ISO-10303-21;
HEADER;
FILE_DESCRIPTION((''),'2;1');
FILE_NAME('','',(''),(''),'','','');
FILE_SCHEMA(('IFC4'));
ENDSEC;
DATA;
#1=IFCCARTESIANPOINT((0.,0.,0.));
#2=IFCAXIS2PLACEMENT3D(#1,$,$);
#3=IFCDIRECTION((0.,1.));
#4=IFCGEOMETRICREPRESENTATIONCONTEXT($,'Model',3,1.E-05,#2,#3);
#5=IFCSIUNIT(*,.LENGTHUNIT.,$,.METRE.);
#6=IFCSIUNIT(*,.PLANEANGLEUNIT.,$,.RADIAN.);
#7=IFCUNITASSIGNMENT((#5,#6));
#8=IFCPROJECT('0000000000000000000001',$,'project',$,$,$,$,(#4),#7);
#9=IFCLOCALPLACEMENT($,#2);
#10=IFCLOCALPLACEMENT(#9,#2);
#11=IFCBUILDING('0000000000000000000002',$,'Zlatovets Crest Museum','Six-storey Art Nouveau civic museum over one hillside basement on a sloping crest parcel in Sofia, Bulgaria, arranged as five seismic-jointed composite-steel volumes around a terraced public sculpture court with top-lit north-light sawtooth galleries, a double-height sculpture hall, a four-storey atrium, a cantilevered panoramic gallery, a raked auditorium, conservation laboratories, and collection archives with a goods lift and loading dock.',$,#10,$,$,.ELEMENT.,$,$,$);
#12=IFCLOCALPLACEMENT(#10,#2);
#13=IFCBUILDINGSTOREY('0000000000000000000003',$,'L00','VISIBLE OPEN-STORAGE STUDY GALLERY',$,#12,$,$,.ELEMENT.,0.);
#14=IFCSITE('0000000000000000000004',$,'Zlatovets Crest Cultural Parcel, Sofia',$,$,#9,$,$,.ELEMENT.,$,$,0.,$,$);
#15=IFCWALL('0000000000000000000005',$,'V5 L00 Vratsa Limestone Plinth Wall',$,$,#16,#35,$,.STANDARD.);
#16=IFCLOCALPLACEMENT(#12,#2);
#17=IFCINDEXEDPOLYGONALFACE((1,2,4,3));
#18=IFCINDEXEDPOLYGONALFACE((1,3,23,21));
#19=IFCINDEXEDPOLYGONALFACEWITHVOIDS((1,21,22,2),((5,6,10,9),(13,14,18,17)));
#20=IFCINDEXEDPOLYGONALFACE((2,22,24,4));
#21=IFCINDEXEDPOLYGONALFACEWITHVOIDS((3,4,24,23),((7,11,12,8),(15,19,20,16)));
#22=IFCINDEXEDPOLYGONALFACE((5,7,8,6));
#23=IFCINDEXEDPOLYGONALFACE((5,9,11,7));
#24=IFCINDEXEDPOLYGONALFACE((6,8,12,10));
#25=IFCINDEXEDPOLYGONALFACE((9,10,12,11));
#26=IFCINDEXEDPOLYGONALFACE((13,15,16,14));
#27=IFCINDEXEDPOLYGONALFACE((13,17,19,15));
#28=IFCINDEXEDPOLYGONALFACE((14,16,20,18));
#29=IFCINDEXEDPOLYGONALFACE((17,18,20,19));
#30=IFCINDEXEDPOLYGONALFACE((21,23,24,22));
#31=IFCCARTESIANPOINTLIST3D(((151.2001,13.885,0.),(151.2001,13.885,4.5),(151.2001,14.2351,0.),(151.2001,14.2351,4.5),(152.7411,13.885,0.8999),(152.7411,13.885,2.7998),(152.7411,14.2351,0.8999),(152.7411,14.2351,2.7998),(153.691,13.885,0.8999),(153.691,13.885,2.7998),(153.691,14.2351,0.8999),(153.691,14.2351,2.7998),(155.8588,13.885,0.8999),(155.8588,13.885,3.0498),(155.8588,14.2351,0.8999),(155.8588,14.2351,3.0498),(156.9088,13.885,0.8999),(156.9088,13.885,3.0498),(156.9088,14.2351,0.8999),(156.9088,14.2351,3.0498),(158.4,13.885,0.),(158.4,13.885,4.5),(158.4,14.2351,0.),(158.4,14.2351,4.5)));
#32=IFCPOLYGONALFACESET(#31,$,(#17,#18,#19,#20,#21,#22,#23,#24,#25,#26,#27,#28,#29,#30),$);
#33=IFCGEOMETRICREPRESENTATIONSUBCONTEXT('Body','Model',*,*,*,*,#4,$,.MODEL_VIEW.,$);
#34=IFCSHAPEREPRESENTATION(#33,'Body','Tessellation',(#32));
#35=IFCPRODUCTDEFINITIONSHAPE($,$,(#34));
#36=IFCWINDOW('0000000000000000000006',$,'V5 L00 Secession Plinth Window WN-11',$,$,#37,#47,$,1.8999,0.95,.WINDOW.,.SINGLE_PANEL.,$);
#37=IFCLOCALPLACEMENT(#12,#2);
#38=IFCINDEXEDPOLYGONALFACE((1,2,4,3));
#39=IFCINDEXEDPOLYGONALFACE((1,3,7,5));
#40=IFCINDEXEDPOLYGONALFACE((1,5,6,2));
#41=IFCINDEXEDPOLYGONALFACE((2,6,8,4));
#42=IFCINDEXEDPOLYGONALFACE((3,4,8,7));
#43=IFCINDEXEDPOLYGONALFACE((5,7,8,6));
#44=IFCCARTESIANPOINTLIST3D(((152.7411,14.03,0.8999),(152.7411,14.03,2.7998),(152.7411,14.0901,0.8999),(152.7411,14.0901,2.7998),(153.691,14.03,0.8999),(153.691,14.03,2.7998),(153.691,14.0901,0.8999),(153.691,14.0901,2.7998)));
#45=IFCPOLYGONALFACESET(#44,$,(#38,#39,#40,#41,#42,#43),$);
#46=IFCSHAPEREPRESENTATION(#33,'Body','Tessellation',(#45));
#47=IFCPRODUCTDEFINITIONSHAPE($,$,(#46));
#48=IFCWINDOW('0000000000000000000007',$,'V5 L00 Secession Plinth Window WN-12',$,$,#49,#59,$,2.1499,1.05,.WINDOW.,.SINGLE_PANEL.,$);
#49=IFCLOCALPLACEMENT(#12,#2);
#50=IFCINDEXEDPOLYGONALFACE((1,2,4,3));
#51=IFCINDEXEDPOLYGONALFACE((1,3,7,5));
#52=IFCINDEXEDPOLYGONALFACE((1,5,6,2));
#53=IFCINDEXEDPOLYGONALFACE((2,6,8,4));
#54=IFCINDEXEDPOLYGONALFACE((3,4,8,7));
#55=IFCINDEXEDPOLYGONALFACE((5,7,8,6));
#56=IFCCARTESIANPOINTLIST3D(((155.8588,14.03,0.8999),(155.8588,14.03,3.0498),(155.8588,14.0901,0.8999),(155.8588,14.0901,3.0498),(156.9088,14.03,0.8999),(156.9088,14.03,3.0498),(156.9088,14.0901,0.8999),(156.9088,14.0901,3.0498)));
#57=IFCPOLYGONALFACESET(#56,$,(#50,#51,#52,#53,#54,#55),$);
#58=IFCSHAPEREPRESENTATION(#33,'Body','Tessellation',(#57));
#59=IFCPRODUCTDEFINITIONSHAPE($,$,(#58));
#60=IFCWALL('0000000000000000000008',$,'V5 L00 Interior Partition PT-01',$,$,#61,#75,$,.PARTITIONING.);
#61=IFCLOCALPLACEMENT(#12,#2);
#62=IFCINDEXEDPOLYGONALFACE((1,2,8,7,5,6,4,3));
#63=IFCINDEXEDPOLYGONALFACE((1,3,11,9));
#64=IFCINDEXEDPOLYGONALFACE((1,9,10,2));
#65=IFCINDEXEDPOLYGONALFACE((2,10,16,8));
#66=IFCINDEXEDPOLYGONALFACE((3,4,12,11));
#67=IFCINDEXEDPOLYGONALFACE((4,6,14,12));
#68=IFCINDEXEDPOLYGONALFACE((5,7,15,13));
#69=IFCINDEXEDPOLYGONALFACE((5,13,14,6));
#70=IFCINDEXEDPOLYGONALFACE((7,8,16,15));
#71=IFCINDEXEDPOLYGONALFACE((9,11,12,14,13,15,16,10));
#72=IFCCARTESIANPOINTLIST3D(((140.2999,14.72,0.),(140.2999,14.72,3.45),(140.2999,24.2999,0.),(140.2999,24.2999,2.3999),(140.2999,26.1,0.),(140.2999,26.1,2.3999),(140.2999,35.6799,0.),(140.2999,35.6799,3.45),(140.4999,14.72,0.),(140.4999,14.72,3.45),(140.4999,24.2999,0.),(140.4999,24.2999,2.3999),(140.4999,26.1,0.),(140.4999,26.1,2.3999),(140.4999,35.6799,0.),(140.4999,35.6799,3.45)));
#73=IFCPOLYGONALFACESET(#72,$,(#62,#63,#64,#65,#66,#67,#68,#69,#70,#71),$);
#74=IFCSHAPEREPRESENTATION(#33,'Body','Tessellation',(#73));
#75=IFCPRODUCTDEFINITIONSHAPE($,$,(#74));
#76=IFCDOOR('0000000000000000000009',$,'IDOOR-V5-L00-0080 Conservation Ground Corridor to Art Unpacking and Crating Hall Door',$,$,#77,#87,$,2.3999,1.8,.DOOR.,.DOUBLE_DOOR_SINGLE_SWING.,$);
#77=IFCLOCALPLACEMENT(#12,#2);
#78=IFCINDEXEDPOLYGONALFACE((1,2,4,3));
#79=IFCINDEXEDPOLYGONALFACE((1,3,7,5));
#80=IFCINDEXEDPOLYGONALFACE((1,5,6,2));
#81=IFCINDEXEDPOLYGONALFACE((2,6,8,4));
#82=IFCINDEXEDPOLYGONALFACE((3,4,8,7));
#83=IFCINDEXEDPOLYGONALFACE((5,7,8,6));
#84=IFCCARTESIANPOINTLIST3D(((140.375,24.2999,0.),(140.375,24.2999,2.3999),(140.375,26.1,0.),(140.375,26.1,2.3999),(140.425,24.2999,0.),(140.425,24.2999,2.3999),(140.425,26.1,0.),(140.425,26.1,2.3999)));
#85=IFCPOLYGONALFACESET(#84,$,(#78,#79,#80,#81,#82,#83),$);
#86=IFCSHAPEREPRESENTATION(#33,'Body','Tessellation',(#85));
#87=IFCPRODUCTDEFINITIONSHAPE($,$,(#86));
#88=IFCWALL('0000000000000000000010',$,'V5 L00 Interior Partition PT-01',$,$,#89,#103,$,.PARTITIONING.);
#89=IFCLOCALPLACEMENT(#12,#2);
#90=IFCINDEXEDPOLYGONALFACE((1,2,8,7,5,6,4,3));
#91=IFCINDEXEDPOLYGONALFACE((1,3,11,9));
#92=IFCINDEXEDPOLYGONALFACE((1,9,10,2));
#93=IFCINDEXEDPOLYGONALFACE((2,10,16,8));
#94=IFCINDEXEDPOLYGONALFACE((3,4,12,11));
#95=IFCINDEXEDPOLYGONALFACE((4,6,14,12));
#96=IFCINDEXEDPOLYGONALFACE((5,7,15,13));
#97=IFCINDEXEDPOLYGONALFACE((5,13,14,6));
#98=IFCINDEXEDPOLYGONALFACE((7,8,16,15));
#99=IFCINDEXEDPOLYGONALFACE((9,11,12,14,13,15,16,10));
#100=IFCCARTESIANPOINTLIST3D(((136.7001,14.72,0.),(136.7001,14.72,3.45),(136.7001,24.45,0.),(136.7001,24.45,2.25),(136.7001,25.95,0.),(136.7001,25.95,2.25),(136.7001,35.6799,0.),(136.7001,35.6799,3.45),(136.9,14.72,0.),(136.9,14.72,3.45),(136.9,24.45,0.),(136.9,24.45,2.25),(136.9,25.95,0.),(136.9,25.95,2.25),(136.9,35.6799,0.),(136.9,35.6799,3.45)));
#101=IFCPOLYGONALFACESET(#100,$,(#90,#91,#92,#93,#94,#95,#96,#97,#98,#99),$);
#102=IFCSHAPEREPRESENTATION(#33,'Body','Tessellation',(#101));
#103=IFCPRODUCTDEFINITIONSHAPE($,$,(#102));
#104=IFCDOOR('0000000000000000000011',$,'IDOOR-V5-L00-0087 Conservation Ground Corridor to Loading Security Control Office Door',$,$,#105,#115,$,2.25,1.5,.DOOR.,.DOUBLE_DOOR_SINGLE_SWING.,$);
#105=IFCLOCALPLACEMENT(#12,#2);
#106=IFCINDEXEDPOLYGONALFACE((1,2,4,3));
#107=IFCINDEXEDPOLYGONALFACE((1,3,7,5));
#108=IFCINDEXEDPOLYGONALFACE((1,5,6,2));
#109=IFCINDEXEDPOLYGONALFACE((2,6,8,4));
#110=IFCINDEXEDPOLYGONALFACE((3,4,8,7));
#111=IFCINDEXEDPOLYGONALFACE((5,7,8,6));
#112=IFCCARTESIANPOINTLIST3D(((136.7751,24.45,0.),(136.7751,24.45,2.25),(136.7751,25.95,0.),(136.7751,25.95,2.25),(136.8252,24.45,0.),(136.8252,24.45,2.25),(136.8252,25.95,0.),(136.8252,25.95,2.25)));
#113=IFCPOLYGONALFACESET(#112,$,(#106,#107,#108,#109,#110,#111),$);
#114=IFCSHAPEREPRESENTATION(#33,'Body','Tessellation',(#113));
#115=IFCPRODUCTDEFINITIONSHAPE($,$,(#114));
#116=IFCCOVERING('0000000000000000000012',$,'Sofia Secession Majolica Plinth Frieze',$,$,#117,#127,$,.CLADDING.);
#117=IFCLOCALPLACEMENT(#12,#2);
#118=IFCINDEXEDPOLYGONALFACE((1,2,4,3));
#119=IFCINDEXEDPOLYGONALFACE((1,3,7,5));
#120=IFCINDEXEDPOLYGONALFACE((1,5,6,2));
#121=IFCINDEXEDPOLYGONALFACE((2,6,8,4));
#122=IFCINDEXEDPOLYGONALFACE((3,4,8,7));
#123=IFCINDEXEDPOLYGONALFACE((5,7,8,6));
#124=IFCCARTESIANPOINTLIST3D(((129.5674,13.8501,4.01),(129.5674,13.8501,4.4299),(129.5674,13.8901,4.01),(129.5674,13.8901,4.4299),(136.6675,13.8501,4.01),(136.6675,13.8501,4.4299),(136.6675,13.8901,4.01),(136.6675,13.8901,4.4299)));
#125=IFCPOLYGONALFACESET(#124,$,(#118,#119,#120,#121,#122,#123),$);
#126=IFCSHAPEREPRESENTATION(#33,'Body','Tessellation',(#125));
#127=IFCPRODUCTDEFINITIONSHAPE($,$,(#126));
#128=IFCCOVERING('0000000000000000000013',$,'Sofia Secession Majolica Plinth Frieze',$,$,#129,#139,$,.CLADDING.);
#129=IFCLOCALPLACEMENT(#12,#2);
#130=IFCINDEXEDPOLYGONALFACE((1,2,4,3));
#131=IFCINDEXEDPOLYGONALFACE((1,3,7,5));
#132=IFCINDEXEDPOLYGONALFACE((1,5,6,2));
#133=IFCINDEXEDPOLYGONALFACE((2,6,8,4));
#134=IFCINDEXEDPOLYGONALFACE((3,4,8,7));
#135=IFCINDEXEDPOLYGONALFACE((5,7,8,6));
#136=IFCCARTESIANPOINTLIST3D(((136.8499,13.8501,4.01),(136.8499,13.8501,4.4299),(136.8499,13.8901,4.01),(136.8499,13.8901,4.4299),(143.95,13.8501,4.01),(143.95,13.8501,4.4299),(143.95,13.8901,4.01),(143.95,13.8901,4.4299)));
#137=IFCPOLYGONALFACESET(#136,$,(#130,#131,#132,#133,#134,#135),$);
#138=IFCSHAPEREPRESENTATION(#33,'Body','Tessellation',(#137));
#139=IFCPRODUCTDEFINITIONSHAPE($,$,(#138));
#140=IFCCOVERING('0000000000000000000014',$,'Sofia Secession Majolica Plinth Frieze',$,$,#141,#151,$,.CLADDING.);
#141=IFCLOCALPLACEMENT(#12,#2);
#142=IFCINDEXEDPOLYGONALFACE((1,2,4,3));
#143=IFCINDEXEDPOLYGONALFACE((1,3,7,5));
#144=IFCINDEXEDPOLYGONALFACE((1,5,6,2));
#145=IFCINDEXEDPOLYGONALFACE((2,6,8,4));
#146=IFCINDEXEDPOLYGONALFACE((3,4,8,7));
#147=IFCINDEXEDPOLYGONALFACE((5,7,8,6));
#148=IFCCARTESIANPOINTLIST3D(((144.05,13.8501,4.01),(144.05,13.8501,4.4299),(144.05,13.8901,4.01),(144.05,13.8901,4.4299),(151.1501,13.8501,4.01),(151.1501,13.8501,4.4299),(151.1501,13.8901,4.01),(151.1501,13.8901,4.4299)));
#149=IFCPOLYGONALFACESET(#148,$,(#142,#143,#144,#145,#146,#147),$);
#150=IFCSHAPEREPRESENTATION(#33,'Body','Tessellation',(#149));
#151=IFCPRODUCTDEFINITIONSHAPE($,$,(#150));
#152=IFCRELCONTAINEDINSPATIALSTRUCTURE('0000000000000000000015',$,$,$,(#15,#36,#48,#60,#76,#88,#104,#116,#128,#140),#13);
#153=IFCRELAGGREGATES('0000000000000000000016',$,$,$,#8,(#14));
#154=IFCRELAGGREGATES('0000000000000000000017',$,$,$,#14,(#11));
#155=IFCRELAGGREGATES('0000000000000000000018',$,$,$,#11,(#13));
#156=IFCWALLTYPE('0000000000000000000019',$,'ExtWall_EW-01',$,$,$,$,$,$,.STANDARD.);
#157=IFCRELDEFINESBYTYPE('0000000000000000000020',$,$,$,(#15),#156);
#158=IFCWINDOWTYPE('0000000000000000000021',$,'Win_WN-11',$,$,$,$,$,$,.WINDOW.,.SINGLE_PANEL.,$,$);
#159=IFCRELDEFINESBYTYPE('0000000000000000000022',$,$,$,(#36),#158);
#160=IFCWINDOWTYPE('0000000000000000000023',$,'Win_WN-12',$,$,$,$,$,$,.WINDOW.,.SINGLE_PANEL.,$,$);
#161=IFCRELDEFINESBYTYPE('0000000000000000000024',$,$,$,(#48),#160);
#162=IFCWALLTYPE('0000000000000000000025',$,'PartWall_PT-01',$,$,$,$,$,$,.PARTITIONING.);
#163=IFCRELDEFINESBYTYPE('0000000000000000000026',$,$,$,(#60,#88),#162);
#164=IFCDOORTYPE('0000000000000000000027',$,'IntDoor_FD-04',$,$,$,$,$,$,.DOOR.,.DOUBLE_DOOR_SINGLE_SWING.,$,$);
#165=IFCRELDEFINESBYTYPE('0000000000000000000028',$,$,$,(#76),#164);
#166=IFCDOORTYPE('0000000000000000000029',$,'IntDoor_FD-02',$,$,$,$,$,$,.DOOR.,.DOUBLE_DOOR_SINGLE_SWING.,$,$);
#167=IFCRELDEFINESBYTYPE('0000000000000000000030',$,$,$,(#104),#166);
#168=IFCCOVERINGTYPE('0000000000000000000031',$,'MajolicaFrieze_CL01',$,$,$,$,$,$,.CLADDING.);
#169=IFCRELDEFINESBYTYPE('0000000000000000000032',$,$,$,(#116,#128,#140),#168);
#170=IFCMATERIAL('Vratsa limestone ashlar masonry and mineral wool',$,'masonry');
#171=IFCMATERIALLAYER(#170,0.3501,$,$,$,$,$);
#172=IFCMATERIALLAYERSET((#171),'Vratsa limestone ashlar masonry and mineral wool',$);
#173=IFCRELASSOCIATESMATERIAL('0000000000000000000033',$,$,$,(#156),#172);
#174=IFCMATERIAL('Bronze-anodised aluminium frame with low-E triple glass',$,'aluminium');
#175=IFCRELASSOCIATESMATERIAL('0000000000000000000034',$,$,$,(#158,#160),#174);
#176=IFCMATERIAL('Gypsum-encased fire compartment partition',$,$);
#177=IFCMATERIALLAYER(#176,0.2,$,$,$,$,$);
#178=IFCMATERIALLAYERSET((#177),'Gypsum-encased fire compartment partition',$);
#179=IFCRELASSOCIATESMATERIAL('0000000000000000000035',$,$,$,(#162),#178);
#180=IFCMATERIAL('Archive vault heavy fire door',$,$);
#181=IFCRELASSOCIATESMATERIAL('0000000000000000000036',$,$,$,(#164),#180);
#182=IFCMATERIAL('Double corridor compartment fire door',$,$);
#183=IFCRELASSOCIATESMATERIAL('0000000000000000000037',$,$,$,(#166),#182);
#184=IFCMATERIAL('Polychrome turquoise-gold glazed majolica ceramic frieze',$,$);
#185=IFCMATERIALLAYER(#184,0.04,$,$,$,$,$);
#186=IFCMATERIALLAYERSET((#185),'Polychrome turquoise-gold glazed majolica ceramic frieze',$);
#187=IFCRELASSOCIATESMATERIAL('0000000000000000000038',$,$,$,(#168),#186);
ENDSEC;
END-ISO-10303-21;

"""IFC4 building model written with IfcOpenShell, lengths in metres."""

from ifc_helpers import new_model, si_unit, direction, frame, frame_2d, origin, origin_2d, place, context, subcontext, project, spatial, rectangle, extrude, material, layer, layer_set, type_object, element, fill, save


model = new_model("IFC4")

# Units and contexts
model_context = context("Model", 3, precision=1e-05, world=origin(), true_north=direction((0.0, 1.0)))
body_context = subcontext(model_context, "Body", "Model", "MODEL_VIEW")
ifc_project = project(units=[si_unit("LENGTHUNIT", "METRE"), si_unit("PLANEANGLEUNIT", "RADIAN")], contexts=[model_context])

# Site, building, storey
site_placement = place(None, origin())
site = spatial("IfcSite", under=ifc_project, at=site_placement, Name="Zlatovets Crest Cultural Parcel, Sofia", CompositionType="ELEMENT", RefElevation=0.0)
building_placement = place(site_placement, origin())
building = spatial("IfcBuilding", under=site, at=building_placement, Name="Zlatovets Crest Museum", Description="Six-storey Art Nouveau civic museum over one hillside basement on a sloping crest parcel in Sofia, Bulgaria, arranged as five seismic-jointed composite-steel volumes around a terraced public sculpture court with top-lit north-light sawtooth galleries, a double-height sculpture hall, a four-storey atrium, a cantilevered panoramic gallery, a raked auditorium, conservation laboratories, and collection archives with a goods lift and loading dock.", CompositionType="ELEMENT")
storey_placement = place(building_placement, origin())
storey = spatial("IfcBuildingStorey", under=building, at=storey_placement, Name="L00", Description="VISIBLE OPEN-STORAGE STUDY GALLERY", CompositionType="ELEMENT", Elevation=0.0)

# Wall, openings, windows
ifc_material_1 = material(Name="Vratsa limestone ashlar masonry and mineral wool", Category="masonry")
ifc_layer_1 = layer(ifc_material_1, 0.3501)
ifc_layer_set_1 = layer_set([ifc_layer_1], Name="Vratsa limestone ashlar masonry and mineral wool")
wall_type_1 = type_object("IfcWallType", Name="ExtWall_EW-01", PredefinedType="STANDARD", material=ifc_layer_set_1)
ifc_material_2 = material(Name="Bronze-anodised aluminium frame with low-E triple glass", Category="aluminium")
wall_1_placement = place(storey_placement, frame((151.2, 14.0601, 0.0), z_axis=(0.0, 0.0, 1.0), x_axis=(1.0, 0.0, 0.0)))
wall_1 = element("IfcWall", 1, at=wall_1_placement, inside=storey, type_object=wall_type_1, Name="V5 L00 Vratsa Limestone Plinth Wall", PredefinedType="STANDARD", context=body_context, shape_type="SweptSolid", body=[
    extrude(rectangle(XDim=7.2, YDim=0.3501, at=frame_2d((3.6001, 0.0))), origin(), (0.0, 0.0, 1.0), 4.5),
])
opening_1_placement = place(wall_1_placement, frame((1.541, 0.0, 0.8999)))
opening_1 = element("IfcOpeningElement", 2, at=opening_1_placement, cuts=wall_1, PredefinedType="OPENING", context=body_context, shape_type="SweptSolid", body=[
    extrude(rectangle(XDim=0.95, YDim=1.8999, at=frame_2d((0.4751, 0.95))), frame((0.0, 0.1851, 0.0), z_axis=(0.0, -1.0, 0.0), x_axis=(1.0, 0.0, 0.0)), (0.0, 0.0, 1.0), 0.3701),
])
opening_2_placement = place(wall_1_placement, frame((4.6589, 0.0, 0.8999)))
opening_2 = element("IfcOpeningElement", 3, at=opening_2_placement, cuts=wall_1, PredefinedType="OPENING", context=body_context, shape_type="SweptSolid", body=[
    extrude(rectangle(XDim=1.05, YDim=2.1499, at=frame_2d((0.5249, 1.075))), frame((0.0, 0.1851, 0.0), z_axis=(0.0, -1.0, 0.0), x_axis=(1.0, 0.0, 0.0)), (0.0, 0.0, 1.0), 0.3701),
])
window_type_1 = type_object("IfcWindowType", Name="Win_WN-11", PartitioningType="SINGLE_PANEL", PredefinedType="WINDOW", material=ifc_material_2)
window_1_placement = place(opening_1_placement, origin())
window_1 = element("IfcWindow", 4, at=window_1_placement, inside=storey, type_object=window_type_1, Name="V5 L00 Secession Plinth Window WN-11", OverallHeight=1.8999, OverallWidth=0.95, PartitioningType="SINGLE_PANEL", PredefinedType="WINDOW", context=body_context, shape_type="SweptSolid", body=[
    extrude(rectangle(XDim=0.95, YDim=1.8999, at=frame_2d((0.4751, 0.95))), frame((0.0, 0.03, 0.0), z_axis=(0.0, -1.0, 0.0), x_axis=(1.0, 0.0, 0.0)), (0.0, 0.0, 1.0), 0.0601),
])
fill(opening_1, window_1)
window_type_2 = type_object("IfcWindowType", Name="Win_WN-12", PartitioningType="SINGLE_PANEL", PredefinedType="WINDOW", material=ifc_material_2)
window_2_placement = place(opening_2_placement, origin())
window_2 = element("IfcWindow", 5, at=window_2_placement, inside=storey, type_object=window_type_2, Name="V5 L00 Secession Plinth Window WN-12", OverallHeight=2.1499, OverallWidth=1.05, PartitioningType="SINGLE_PANEL", PredefinedType="WINDOW", context=body_context, shape_type="SweptSolid", body=[
    extrude(rectangle(XDim=1.05, YDim=2.1499, at=frame_2d((0.5249, 1.075))), frame((0.0, 0.03, 0.0), z_axis=(0.0, -1.0, 0.0), x_axis=(1.0, 0.0, 0.0)), (0.0, 0.0, 1.0), 0.0601),
])
fill(opening_2, window_2)

# Walls, openings, doors
ifc_material_3 = material(Name="Gypsum-encased fire compartment partition")
ifc_layer_2 = layer(ifc_material_3, 0.2)
ifc_layer_set_2 = layer_set([ifc_layer_2], Name="Gypsum-encased fire compartment partition")
wall_type_2 = type_object("IfcWallType", Name="PartWall_PT-01", PredefinedType="PARTITIONING", material=ifc_layer_set_2)
wall_2_placement = place(storey_placement, frame((140.3999, 14.72, 0.0), z_axis=(0.0, 0.0, 1.0), x_axis=(0.0, 1.0, 0.0)))
wall_2 = element("IfcWall", 6, at=wall_2_placement, inside=storey, type_object=wall_type_2, Name="V5 L00 Interior Partition PT-01", PredefinedType="PARTITIONING", context=body_context, shape_type="SweptSolid", body=[
    extrude(rectangle(XDim=20.96, YDim=0.2, at=frame_2d((10.48, 0.0))), origin(), (0.0, 0.0, 1.0), 3.45),
])
opening_3_placement = place(wall_2_placement, frame((9.5801, 0.0, 0.0)))
opening_3 = element("IfcOpeningElement", 7, at=opening_3_placement, cuts=wall_2, PredefinedType="OPENING", context=body_context, shape_type="SweptSolid", body=[
    extrude(rectangle(XDim=1.8, YDim=2.3999, at=frame_2d((0.8999, 1.2))), frame((0.0, 0.1099, 0.0), z_axis=(0.0, -1.0, 0.0), x_axis=(1.0, 0.0, 0.0)), (0.0, 0.0, 1.0), 0.22),
])
ifc_material_4 = material(Name="Archive vault heavy fire door")
door_type_1 = type_object("IfcDoorType", Name="IntDoor_FD-04", OperationType="DOUBLE_DOOR_SINGLE_SWING", PredefinedType="DOOR", material=ifc_material_4)
door_1_placement = place(opening_3_placement, origin())
door_1 = element("IfcDoor", 8, at=door_1_placement, inside=storey, type_object=door_type_1, Name="IDOOR-V5-L00-0080 Conservation Ground Corridor to Art Unpacking and Crating Hall Door", OperationType="DOUBLE_DOOR_SINGLE_SWING", OverallHeight=2.3999, OverallWidth=1.8, PredefinedType="DOOR", context=body_context, shape_type="SweptSolid", body=[
    extrude(rectangle(XDim=1.8, YDim=2.3999, at=frame_2d((0.8999, 1.2))), frame((0.0, 0.0249, 0.0), z_axis=(0.0, -1.0, 0.0), x_axis=(1.0, 0.0, 0.0)), (0.0, 0.0, 1.0), 0.05),
])
fill(opening_3, door_1)
wall_3_placement = place(storey_placement, frame((136.8, 14.72, 0.0), z_axis=(0.0, 0.0, 1.0), x_axis=(0.0, 1.0, 0.0)))
wall_3 = element("IfcWall", 9, at=wall_3_placement, inside=storey, type_object=wall_type_2, Name="V5 L00 Interior Partition PT-01", PredefinedType="PARTITIONING", context=body_context, shape_type="SweptSolid", body=[
    extrude(rectangle(XDim=20.96, YDim=0.2, at=frame_2d((10.48, 0.0))), origin(), (0.0, 0.0, 1.0), 3.45),
])
opening_4_placement = place(wall_3_placement, frame((9.73, 0.0, 0.0)))
opening_4 = element("IfcOpeningElement", 10, at=opening_4_placement, cuts=wall_3, PredefinedType="OPENING", context=body_context, shape_type="SweptSolid", body=[
    extrude(rectangle(XDim=1.5, YDim=2.25, at=frame_2d((0.75, 1.125))), frame((0.0, 0.1099, 0.0), z_axis=(0.0, -1.0, 0.0), x_axis=(1.0, 0.0, 0.0)), (0.0, 0.0, 1.0), 0.22),
])
ifc_material_5 = material(Name="Double corridor compartment fire door")
door_type_2 = type_object("IfcDoorType", Name="IntDoor_FD-02", OperationType="DOUBLE_DOOR_SINGLE_SWING", PredefinedType="DOOR", material=ifc_material_5)
door_2_placement = place(opening_4_placement, origin())
door_2 = element("IfcDoor", 11, at=door_2_placement, inside=storey, type_object=door_type_2, Name="IDOOR-V5-L00-0087 Conservation Ground Corridor to Loading Security Control Office Door", OperationType="DOUBLE_DOOR_SINGLE_SWING", OverallHeight=2.25, OverallWidth=1.5, PredefinedType="DOOR", context=body_context, shape_type="SweptSolid", body=[
    extrude(rectangle(XDim=1.5, YDim=2.25, at=frame_2d((0.75, 1.125))), frame((0.0, 0.0249, 0.0), z_axis=(0.0, -1.0, 0.0), x_axis=(1.0, 0.0, 0.0)), (0.0, 0.0, 1.0), 0.05),
])
fill(opening_4, door_2)

# Coverings
ifc_material_6 = material(Name="Polychrome turquoise-gold glazed majolica ceramic frieze")
ifc_layer_3 = layer(ifc_material_6, 0.04)
ifc_layer_set_3 = layer_set([ifc_layer_3], Name="Polychrome turquoise-gold glazed majolica ceramic frieze")
covering_type = type_object("IfcCoveringType", Name="MajolicaFrieze_CL01", PredefinedType="CLADDING", material=ifc_layer_set_3)
for number, where, z_axis, x_axis, name in (
    (12, (133.1174, 13.8701, 4.01), (0.0, 0.0, 1.0), (1.0, 0.0, 0.0), "Sofia Secession Majolica Plinth Frieze"),
    (13, (140.3999, 13.8701, 4.01), (0.0, 0.0, 1.0), (1.0, 0.0, 0.0), "Sofia Secession Majolica Plinth Frieze"),
    (14, (147.6001, 13.8701, 4.01), (0.0, 0.0, 1.0), (1.0, 0.0, 0.0), "Sofia Secession Majolica Plinth Frieze"),
):
    element("IfcCovering", number, at=place(storey_placement, frame(where, z_axis=z_axis, x_axis=x_axis)), inside=storey, type_object=covering_type, Name=name, PredefinedType="CLADDING", context=body_context, shape_type="SweptSolid", body=[
        extrude(rectangle(XDim=7.1001, YDim=0.04, at=origin_2d()), origin(), (0.0, 0.0, 1.0), 0.4199),
    ])

save(model, "model.ifc")
